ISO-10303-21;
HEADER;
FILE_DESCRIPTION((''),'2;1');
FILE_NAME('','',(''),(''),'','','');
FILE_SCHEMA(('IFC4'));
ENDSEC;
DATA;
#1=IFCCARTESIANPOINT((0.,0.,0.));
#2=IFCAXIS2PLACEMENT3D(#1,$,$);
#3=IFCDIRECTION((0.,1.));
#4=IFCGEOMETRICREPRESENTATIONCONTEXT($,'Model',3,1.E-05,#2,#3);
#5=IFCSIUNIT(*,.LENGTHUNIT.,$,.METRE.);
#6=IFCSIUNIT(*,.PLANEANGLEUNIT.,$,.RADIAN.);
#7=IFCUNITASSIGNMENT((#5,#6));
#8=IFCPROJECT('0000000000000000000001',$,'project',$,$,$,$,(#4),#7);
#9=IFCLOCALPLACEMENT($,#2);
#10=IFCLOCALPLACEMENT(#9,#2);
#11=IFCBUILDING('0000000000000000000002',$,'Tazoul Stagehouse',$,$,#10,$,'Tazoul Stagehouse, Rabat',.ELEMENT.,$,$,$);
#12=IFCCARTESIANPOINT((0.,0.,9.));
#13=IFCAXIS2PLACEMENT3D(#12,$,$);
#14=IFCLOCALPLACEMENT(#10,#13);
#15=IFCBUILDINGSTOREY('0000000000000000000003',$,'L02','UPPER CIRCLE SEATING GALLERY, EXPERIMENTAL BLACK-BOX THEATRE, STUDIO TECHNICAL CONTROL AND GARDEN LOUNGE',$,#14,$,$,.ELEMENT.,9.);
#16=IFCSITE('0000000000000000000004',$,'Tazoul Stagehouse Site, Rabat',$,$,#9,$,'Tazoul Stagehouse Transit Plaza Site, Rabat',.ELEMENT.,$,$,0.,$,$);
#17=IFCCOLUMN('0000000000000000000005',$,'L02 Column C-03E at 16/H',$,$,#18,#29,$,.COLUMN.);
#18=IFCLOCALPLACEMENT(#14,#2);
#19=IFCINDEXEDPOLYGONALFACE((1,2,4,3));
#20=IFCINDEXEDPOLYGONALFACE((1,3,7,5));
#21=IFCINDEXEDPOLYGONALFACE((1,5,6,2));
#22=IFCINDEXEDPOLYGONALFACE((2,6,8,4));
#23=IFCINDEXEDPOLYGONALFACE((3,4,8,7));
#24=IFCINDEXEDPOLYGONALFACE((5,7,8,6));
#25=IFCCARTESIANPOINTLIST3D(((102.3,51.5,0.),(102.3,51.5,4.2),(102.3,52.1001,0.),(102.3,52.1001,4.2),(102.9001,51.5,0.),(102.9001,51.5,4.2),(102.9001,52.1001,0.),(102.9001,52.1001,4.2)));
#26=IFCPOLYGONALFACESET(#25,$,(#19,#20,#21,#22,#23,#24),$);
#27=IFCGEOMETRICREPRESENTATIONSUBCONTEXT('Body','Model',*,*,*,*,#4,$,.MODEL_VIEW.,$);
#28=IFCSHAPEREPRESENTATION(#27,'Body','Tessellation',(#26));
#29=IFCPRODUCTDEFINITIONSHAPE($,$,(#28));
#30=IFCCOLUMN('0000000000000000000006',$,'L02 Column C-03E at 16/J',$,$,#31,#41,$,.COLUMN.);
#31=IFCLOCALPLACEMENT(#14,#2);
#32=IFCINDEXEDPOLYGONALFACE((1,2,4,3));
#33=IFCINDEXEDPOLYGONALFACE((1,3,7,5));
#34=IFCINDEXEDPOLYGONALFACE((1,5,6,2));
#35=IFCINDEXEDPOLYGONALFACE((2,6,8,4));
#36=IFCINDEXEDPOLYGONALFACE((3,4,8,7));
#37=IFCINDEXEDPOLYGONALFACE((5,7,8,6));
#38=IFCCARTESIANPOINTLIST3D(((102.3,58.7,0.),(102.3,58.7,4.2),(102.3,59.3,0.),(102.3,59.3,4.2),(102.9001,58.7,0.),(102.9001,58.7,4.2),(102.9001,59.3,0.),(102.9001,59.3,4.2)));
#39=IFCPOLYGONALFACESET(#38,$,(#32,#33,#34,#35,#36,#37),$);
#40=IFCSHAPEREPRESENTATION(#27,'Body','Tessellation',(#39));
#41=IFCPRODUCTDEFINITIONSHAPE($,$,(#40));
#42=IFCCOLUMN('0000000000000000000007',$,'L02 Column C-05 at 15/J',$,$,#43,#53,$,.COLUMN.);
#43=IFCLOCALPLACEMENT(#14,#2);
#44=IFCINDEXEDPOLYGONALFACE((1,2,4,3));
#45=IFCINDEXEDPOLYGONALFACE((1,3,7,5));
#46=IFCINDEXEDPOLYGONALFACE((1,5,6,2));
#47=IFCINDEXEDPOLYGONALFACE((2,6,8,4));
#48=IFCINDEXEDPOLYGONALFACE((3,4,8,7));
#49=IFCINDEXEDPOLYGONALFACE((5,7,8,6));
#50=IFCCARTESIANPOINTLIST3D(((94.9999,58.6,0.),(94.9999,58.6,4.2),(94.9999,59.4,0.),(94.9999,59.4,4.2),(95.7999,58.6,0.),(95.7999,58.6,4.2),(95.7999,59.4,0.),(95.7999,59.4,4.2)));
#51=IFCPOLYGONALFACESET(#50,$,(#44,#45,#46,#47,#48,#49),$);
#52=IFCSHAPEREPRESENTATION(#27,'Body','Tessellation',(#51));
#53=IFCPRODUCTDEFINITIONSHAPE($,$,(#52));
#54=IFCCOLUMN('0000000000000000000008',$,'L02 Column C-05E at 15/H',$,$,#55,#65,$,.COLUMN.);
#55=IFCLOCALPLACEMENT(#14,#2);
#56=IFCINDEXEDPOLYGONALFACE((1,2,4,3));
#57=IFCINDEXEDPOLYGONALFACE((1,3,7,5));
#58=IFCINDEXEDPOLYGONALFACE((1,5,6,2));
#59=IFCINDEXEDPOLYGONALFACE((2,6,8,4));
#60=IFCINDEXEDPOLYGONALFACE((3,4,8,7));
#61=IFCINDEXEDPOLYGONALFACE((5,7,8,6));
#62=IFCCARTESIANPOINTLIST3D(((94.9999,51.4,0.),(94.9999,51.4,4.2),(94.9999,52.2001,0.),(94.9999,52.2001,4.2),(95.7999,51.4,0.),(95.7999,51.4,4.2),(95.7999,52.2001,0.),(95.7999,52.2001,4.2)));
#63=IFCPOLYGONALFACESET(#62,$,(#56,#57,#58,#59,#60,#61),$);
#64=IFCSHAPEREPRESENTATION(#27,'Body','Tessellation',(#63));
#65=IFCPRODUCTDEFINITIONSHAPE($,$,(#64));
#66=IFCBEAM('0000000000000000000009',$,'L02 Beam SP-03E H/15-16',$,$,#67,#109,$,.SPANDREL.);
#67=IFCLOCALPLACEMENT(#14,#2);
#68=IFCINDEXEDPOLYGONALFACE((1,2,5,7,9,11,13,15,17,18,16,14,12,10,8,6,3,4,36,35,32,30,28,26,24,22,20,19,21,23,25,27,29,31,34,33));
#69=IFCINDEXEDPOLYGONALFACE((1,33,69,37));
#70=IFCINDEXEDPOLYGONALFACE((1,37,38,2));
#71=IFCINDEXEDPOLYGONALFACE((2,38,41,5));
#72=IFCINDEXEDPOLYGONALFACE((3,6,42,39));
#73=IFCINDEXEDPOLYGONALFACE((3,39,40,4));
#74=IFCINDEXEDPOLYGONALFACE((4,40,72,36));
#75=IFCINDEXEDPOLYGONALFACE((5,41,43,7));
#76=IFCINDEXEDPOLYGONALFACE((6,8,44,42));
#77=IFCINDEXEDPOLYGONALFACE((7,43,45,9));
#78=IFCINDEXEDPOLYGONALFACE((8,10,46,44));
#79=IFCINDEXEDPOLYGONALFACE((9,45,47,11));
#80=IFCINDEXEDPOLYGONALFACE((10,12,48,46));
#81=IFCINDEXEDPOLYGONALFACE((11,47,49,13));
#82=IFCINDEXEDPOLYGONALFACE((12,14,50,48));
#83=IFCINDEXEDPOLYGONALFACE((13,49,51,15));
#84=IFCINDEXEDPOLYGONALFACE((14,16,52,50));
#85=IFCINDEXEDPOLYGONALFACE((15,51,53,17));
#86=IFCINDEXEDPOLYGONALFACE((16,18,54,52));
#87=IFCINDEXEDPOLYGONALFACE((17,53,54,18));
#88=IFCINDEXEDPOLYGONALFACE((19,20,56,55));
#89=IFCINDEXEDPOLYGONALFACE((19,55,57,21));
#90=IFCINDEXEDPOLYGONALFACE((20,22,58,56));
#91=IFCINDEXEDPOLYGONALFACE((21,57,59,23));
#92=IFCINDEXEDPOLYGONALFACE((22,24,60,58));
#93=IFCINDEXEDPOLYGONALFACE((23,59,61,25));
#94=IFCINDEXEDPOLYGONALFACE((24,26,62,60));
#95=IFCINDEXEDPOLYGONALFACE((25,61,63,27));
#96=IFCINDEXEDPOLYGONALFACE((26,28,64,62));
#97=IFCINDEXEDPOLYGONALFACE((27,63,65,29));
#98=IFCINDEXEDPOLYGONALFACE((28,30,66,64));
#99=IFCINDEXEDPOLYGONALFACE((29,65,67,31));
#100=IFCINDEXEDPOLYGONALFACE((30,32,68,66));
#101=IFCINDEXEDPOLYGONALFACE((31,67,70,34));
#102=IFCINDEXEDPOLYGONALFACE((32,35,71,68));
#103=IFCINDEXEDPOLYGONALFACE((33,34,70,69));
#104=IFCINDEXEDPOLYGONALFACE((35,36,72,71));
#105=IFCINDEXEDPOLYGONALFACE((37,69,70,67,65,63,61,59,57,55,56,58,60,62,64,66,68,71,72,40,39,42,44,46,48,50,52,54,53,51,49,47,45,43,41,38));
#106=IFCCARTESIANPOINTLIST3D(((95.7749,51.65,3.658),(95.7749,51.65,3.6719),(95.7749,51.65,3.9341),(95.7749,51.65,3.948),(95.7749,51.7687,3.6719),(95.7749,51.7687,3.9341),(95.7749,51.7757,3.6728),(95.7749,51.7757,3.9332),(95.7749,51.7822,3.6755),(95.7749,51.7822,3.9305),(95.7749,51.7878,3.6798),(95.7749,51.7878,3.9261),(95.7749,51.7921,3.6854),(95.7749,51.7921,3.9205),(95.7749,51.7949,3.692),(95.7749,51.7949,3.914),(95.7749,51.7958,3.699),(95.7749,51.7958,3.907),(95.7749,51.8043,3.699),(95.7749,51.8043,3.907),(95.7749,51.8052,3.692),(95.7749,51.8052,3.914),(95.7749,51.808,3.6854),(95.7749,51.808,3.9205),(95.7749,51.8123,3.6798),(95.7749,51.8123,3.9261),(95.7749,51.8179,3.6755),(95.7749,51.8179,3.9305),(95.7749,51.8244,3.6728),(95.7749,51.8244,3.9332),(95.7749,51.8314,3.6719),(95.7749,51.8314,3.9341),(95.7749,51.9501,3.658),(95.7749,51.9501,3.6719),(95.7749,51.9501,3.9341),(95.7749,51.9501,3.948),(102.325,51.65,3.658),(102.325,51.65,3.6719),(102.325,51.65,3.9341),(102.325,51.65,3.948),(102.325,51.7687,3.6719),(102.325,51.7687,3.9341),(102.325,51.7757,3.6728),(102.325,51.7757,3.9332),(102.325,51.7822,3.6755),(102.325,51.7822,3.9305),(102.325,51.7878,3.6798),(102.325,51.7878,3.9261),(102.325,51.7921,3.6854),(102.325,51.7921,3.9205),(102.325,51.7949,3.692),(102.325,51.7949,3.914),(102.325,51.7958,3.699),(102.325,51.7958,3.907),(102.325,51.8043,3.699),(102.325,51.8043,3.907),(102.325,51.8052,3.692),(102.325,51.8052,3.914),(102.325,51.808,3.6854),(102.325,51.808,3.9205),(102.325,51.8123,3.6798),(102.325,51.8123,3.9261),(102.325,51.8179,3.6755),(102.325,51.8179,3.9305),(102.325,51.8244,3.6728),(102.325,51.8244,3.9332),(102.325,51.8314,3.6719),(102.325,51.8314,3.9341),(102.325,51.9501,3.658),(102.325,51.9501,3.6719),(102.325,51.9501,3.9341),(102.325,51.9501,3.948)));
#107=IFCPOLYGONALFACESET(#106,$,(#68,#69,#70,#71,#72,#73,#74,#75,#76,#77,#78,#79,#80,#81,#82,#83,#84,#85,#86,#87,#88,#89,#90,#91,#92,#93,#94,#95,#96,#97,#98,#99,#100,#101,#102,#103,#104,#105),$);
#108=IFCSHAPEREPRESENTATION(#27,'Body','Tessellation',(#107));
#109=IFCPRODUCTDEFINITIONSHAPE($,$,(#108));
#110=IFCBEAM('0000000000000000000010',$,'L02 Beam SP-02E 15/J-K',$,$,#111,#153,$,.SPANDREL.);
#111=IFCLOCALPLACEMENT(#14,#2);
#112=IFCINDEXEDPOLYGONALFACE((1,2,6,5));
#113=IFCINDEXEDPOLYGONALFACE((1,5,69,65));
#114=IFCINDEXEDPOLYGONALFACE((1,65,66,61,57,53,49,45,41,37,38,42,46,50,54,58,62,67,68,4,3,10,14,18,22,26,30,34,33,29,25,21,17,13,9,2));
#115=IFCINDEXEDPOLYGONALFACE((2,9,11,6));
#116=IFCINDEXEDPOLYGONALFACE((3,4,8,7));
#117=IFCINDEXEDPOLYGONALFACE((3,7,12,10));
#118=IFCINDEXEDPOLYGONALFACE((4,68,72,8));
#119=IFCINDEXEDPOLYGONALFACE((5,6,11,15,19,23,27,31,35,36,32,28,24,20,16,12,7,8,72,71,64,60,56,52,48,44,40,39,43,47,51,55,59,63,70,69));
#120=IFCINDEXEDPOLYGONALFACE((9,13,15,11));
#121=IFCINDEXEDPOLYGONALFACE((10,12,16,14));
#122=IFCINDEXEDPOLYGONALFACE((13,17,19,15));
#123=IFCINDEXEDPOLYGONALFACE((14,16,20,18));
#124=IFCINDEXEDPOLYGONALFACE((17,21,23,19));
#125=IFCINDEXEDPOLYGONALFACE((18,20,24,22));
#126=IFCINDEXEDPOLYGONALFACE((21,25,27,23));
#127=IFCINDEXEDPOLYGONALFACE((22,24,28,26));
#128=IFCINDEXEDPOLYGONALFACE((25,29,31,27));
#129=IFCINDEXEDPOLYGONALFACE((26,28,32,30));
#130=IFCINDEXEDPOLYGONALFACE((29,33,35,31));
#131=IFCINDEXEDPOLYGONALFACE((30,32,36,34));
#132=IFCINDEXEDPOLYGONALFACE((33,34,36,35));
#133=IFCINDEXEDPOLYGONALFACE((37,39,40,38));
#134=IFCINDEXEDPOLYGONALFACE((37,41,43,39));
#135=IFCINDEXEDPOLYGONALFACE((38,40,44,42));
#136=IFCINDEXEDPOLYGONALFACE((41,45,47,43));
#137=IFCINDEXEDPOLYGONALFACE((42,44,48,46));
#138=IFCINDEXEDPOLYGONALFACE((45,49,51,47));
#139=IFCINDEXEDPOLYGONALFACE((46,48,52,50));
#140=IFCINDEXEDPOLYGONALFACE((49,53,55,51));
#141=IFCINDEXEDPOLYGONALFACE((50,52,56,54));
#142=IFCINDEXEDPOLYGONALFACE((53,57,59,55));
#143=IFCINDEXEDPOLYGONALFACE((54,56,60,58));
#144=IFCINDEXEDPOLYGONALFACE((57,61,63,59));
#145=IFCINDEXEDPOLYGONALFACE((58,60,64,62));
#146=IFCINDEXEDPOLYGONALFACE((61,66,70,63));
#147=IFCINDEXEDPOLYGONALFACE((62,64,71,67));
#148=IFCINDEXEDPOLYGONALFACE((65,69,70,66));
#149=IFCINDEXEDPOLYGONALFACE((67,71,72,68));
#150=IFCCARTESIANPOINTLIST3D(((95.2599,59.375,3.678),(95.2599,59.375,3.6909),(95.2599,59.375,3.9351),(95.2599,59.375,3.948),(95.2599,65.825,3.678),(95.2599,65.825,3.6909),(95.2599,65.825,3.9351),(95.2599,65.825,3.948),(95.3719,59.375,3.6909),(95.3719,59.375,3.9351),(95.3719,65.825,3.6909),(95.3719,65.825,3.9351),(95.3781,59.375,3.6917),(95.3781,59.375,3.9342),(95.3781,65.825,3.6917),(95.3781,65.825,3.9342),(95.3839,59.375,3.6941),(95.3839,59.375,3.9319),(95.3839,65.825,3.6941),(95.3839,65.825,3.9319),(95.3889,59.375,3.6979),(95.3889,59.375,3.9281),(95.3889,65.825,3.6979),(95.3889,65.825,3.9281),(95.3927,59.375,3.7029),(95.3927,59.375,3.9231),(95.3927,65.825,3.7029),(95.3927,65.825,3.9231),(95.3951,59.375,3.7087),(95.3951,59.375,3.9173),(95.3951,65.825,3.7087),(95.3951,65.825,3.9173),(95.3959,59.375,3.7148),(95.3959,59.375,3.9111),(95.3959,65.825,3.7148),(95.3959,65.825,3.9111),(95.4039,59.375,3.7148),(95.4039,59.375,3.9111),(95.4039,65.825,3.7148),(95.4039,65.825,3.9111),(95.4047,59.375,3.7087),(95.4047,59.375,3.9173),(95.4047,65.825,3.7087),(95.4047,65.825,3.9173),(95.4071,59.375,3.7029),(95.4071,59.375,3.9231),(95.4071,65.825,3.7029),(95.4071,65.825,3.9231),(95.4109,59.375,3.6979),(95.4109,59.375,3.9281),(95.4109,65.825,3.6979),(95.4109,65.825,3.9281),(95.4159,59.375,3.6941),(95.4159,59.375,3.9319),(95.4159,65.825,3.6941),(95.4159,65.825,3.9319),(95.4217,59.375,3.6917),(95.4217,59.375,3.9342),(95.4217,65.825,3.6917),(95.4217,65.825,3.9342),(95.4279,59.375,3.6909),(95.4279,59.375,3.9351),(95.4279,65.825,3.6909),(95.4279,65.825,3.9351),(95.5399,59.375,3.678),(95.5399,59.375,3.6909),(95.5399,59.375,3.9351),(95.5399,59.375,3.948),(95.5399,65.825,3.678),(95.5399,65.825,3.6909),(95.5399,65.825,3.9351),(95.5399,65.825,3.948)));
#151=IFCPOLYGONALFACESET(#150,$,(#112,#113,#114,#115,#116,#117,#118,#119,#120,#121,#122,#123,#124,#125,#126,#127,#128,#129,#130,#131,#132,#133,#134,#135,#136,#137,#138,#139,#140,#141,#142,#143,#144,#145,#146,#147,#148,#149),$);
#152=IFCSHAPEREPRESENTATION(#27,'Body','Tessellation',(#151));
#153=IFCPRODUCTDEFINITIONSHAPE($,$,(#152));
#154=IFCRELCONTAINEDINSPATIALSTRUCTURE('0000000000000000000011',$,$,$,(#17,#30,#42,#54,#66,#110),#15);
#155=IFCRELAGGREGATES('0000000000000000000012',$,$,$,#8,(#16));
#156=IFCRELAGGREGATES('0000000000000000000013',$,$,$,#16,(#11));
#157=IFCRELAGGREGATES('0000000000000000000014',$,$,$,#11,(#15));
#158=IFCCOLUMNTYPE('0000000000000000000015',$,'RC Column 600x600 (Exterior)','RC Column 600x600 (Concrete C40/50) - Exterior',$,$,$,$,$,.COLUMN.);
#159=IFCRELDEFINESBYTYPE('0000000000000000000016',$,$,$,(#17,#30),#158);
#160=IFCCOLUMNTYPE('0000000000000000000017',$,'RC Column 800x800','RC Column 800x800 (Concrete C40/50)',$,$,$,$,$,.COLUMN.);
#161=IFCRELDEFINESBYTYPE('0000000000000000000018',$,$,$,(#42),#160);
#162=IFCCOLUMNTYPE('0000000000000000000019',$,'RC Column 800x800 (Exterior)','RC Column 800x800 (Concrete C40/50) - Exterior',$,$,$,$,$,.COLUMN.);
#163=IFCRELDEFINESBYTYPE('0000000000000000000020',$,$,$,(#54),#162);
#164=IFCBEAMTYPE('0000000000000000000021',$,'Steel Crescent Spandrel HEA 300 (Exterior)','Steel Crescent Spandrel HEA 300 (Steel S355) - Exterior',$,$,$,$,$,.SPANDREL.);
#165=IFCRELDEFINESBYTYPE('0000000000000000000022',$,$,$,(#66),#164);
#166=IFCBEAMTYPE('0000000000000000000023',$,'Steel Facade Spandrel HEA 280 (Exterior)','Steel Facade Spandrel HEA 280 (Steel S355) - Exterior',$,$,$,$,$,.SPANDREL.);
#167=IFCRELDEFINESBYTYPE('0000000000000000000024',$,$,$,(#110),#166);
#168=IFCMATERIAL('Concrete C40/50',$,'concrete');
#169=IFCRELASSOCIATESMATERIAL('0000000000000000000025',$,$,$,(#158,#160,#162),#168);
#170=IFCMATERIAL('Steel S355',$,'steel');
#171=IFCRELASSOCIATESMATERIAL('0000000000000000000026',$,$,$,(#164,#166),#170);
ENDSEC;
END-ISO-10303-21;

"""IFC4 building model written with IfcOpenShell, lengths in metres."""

from ifc_helpers import new_model, si_unit, direction, frame, origin, origin_2d, place, context, subcontext, project, spatial, rectangle, i_section, extrude, material, material_profile, profile_set, type_object, element, save


model = new_model("IFC4")

# Units and contexts
model_context = context("Model", 3, precision=1e-05, world=origin(), true_north=direction((0.0, 1.0)))
body_context = subcontext(model_context, "Body", "Model", "MODEL_VIEW")
ifc_project = project(units=[si_unit("LENGTHUNIT", "METRE"), si_unit("PLANEANGLEUNIT", "RADIAN")], contexts=[model_context])

# Site, building, storey
site_placement = place(None, origin())
site = spatial("IfcSite", under=ifc_project, at=site_placement, Name="Tazoul Stagehouse Site, Rabat", LongName="Tazoul Stagehouse Transit Plaza Site, Rabat", CompositionType="ELEMENT", RefElevation=0.0)
building_placement = place(site_placement, origin())
building = spatial("IfcBuilding", under=site, at=building_placement, Name="Tazoul Stagehouse", LongName="Tazoul Stagehouse, Rabat", CompositionType="ELEMENT")
storey_placement = place(building_placement, frame((0.0, 0.0, 9.0)))
storey = spatial("IfcBuildingStorey", under=building, at=storey_placement, Name="L02", Description="UPPER CIRCLE SEATING GALLERY, EXPERIMENTAL BLACK-BOX THEATRE, STUDIO TECHNICAL CONTROL AND GARDEN LOUNGE", CompositionType="ELEMENT", Elevation=9.0)

# Columns
ifc_material_1 = material(Name="Concrete C40/50", Category="concrete")
ifc_material_profile_1 = material_profile(ifc_material_1, rectangle(XDim=0.6001, YDim=0.6001, at=origin_2d()), Name="RC 600x600")
ifc_profile_set_1 = profile_set([ifc_material_profile_1], Name="Concrete C40/50")
column_type_1 = type_object("IfcColumnType", Name="RC Column 600x600 (Exterior)", Description="RC Column 600x600 (Concrete C40/50) - Exterior", PredefinedType="COLUMN", material=ifc_profile_set_1)
for number, where, z_axis, x_axis, name in (
    (1, (102.6001, 51.8, 0.0), (0.0, 0.0, 1.0), (1.0, 0.0, 0.0), "L02 Column C-03E at 16/H"),
    (2, (102.6001, 59.0, 0.0), (0.0, 0.0, 1.0), (1.0, 0.0, 0.0), "L02 Column C-03E at 16/J"),
):
    element("IfcColumn", number, at=place(storey_placement, frame(where, z_axis=z_axis, x_axis=x_axis)), inside=storey, type_object=column_type_1, Name=name, PredefinedType="COLUMN", context=body_context, shape_type="SweptSolid", body=[
        extrude(rectangle(XDim=0.6001, YDim=0.6001, at=origin_2d()), origin(), (0.0, 0.0, 1.0), 4.2),
    ])
ifc_material_profile_2 = material_profile(ifc_material_1, rectangle(XDim=0.8, YDim=0.8, at=origin_2d()), Name="RC 800x800")
ifc_profile_set_2 = profile_set([ifc_material_profile_2], Name="Concrete C40/50")
column_type_2 = type_object("IfcColumnType", Name="RC Column 800x800", Description="RC Column 800x800 (Concrete C40/50)", PredefinedType="COLUMN", material=ifc_profile_set_2)
column_1_placement = place(storey_placement, frame((95.3999, 59.0, 0.0), z_axis=(0.0, 0.0, 1.0), x_axis=(1.0, 0.0, 0.0)))
element("IfcColumn", 3, at=column_1_placement, inside=storey, type_object=column_type_2, Name="L02 Column C-05 at 15/J", PredefinedType="COLUMN", context=body_context, shape_type="SweptSolid", body=[
    extrude(rectangle(XDim=0.8, YDim=0.8, at=origin_2d()), origin(), (0.0, 0.0, 1.0), 4.2),
])
ifc_material_profile_3 = material_profile(ifc_material_1, rectangle(XDim=0.8, YDim=0.8, at=origin_2d()), Name="RC 800x800")
ifc_profile_set_3 = profile_set([ifc_material_profile_3], Name="Concrete C40/50")
column_type_3 = type_object("IfcColumnType", Name="RC Column 800x800 (Exterior)", Description="RC Column 800x800 (Concrete C40/50) - Exterior", PredefinedType="COLUMN", material=ifc_profile_set_3)
column_2_placement = place(storey_placement, frame((95.3999, 51.8, 0.0), z_axis=(0.0, 0.0, 1.0), x_axis=(1.0, 0.0, 0.0)))
element("IfcColumn", 4, at=column_2_placement, inside=storey, type_object=column_type_3, Name="L02 Column C-05E at 15/H", PredefinedType="COLUMN", context=body_context, shape_type="SweptSolid", body=[
    extrude(rectangle(XDim=0.8, YDim=0.8, at=origin_2d()), origin(), (0.0, 0.0, 1.0), 4.2),
])

# Beams
ifc_material_2 = material(Name="Steel S355", Category="steel")
ifc_material_profile_4 = material_profile(ifc_material_2, i_section(OverallWidth=0.3, OverallDepth=0.29, WebThickness=0.0085, FlangeThickness=0.0139, FilletRadius=0.0271, at=origin_2d()), Name="HEA 300")
ifc_profile_set_4 = profile_set([ifc_material_profile_4], Name="Steel S355")
beam_type_1 = type_object("IfcBeamType", Name="Steel Crescent Spandrel HEA 300 (Exterior)", Description="Steel Crescent Spandrel HEA 300 (Steel S355) - Exterior", PredefinedType="SPANDREL", material=ifc_profile_set_4)
beam_1_placement = place(storey_placement, frame((95.7749, 51.8, 3.803), z_axis=(1.0, 0.0, 0.0), x_axis=(0.0, 1.0, 0.0)))
element("IfcBeam", 5, at=beam_1_placement, inside=storey, type_object=beam_type_1, Name="L02 Beam SP-03E H/15-16", PredefinedType="SPANDREL", context=body_context, shape_type="SweptSolid", body=[
    extrude(i_section(OverallWidth=0.3, OverallDepth=0.29, WebThickness=0.0085, FlangeThickness=0.0139, FilletRadius=0.0271, at=origin_2d()), origin(), (0.0, 0.0, 1.0), 6.55),
])
ifc_material_profile_5 = material_profile(ifc_material_2, i_section(OverallWidth=0.28, OverallDepth=0.27, WebThickness=0.0081, FlangeThickness=0.0129, FilletRadius=0.0239, at=origin_2d()), Name="HEA 280")
ifc_profile_set_5 = profile_set([ifc_material_profile_5], Name="Steel S355")
beam_type_2 = type_object("IfcBeamType", Name="Steel Facade Spandrel HEA 280 (Exterior)", Description="Steel Facade Spandrel HEA 280 (Steel S355) - Exterior", PredefinedType="SPANDREL", material=ifc_profile_set_5)
beam_2_placement = place(storey_placement, frame((95.3999, 59.375, 3.813), z_axis=(0.0, 1.0, 0.0), x_axis=(-1.0, 0.0, 0.0)))
element("IfcBeam", 6, at=beam_2_placement, inside=storey, type_object=beam_type_2, Name="L02 Beam SP-02E 15/J-K", PredefinedType="SPANDREL", context=body_context, shape_type="SweptSolid", body=[
    extrude(i_section(OverallWidth=0.28, OverallDepth=0.27, WebThickness=0.0081, FlangeThickness=0.0129, FilletRadius=0.0239, at=origin_2d()), origin(), (0.0, 0.0, 1.0), 6.45),
])

save(model, "model.ifc")
